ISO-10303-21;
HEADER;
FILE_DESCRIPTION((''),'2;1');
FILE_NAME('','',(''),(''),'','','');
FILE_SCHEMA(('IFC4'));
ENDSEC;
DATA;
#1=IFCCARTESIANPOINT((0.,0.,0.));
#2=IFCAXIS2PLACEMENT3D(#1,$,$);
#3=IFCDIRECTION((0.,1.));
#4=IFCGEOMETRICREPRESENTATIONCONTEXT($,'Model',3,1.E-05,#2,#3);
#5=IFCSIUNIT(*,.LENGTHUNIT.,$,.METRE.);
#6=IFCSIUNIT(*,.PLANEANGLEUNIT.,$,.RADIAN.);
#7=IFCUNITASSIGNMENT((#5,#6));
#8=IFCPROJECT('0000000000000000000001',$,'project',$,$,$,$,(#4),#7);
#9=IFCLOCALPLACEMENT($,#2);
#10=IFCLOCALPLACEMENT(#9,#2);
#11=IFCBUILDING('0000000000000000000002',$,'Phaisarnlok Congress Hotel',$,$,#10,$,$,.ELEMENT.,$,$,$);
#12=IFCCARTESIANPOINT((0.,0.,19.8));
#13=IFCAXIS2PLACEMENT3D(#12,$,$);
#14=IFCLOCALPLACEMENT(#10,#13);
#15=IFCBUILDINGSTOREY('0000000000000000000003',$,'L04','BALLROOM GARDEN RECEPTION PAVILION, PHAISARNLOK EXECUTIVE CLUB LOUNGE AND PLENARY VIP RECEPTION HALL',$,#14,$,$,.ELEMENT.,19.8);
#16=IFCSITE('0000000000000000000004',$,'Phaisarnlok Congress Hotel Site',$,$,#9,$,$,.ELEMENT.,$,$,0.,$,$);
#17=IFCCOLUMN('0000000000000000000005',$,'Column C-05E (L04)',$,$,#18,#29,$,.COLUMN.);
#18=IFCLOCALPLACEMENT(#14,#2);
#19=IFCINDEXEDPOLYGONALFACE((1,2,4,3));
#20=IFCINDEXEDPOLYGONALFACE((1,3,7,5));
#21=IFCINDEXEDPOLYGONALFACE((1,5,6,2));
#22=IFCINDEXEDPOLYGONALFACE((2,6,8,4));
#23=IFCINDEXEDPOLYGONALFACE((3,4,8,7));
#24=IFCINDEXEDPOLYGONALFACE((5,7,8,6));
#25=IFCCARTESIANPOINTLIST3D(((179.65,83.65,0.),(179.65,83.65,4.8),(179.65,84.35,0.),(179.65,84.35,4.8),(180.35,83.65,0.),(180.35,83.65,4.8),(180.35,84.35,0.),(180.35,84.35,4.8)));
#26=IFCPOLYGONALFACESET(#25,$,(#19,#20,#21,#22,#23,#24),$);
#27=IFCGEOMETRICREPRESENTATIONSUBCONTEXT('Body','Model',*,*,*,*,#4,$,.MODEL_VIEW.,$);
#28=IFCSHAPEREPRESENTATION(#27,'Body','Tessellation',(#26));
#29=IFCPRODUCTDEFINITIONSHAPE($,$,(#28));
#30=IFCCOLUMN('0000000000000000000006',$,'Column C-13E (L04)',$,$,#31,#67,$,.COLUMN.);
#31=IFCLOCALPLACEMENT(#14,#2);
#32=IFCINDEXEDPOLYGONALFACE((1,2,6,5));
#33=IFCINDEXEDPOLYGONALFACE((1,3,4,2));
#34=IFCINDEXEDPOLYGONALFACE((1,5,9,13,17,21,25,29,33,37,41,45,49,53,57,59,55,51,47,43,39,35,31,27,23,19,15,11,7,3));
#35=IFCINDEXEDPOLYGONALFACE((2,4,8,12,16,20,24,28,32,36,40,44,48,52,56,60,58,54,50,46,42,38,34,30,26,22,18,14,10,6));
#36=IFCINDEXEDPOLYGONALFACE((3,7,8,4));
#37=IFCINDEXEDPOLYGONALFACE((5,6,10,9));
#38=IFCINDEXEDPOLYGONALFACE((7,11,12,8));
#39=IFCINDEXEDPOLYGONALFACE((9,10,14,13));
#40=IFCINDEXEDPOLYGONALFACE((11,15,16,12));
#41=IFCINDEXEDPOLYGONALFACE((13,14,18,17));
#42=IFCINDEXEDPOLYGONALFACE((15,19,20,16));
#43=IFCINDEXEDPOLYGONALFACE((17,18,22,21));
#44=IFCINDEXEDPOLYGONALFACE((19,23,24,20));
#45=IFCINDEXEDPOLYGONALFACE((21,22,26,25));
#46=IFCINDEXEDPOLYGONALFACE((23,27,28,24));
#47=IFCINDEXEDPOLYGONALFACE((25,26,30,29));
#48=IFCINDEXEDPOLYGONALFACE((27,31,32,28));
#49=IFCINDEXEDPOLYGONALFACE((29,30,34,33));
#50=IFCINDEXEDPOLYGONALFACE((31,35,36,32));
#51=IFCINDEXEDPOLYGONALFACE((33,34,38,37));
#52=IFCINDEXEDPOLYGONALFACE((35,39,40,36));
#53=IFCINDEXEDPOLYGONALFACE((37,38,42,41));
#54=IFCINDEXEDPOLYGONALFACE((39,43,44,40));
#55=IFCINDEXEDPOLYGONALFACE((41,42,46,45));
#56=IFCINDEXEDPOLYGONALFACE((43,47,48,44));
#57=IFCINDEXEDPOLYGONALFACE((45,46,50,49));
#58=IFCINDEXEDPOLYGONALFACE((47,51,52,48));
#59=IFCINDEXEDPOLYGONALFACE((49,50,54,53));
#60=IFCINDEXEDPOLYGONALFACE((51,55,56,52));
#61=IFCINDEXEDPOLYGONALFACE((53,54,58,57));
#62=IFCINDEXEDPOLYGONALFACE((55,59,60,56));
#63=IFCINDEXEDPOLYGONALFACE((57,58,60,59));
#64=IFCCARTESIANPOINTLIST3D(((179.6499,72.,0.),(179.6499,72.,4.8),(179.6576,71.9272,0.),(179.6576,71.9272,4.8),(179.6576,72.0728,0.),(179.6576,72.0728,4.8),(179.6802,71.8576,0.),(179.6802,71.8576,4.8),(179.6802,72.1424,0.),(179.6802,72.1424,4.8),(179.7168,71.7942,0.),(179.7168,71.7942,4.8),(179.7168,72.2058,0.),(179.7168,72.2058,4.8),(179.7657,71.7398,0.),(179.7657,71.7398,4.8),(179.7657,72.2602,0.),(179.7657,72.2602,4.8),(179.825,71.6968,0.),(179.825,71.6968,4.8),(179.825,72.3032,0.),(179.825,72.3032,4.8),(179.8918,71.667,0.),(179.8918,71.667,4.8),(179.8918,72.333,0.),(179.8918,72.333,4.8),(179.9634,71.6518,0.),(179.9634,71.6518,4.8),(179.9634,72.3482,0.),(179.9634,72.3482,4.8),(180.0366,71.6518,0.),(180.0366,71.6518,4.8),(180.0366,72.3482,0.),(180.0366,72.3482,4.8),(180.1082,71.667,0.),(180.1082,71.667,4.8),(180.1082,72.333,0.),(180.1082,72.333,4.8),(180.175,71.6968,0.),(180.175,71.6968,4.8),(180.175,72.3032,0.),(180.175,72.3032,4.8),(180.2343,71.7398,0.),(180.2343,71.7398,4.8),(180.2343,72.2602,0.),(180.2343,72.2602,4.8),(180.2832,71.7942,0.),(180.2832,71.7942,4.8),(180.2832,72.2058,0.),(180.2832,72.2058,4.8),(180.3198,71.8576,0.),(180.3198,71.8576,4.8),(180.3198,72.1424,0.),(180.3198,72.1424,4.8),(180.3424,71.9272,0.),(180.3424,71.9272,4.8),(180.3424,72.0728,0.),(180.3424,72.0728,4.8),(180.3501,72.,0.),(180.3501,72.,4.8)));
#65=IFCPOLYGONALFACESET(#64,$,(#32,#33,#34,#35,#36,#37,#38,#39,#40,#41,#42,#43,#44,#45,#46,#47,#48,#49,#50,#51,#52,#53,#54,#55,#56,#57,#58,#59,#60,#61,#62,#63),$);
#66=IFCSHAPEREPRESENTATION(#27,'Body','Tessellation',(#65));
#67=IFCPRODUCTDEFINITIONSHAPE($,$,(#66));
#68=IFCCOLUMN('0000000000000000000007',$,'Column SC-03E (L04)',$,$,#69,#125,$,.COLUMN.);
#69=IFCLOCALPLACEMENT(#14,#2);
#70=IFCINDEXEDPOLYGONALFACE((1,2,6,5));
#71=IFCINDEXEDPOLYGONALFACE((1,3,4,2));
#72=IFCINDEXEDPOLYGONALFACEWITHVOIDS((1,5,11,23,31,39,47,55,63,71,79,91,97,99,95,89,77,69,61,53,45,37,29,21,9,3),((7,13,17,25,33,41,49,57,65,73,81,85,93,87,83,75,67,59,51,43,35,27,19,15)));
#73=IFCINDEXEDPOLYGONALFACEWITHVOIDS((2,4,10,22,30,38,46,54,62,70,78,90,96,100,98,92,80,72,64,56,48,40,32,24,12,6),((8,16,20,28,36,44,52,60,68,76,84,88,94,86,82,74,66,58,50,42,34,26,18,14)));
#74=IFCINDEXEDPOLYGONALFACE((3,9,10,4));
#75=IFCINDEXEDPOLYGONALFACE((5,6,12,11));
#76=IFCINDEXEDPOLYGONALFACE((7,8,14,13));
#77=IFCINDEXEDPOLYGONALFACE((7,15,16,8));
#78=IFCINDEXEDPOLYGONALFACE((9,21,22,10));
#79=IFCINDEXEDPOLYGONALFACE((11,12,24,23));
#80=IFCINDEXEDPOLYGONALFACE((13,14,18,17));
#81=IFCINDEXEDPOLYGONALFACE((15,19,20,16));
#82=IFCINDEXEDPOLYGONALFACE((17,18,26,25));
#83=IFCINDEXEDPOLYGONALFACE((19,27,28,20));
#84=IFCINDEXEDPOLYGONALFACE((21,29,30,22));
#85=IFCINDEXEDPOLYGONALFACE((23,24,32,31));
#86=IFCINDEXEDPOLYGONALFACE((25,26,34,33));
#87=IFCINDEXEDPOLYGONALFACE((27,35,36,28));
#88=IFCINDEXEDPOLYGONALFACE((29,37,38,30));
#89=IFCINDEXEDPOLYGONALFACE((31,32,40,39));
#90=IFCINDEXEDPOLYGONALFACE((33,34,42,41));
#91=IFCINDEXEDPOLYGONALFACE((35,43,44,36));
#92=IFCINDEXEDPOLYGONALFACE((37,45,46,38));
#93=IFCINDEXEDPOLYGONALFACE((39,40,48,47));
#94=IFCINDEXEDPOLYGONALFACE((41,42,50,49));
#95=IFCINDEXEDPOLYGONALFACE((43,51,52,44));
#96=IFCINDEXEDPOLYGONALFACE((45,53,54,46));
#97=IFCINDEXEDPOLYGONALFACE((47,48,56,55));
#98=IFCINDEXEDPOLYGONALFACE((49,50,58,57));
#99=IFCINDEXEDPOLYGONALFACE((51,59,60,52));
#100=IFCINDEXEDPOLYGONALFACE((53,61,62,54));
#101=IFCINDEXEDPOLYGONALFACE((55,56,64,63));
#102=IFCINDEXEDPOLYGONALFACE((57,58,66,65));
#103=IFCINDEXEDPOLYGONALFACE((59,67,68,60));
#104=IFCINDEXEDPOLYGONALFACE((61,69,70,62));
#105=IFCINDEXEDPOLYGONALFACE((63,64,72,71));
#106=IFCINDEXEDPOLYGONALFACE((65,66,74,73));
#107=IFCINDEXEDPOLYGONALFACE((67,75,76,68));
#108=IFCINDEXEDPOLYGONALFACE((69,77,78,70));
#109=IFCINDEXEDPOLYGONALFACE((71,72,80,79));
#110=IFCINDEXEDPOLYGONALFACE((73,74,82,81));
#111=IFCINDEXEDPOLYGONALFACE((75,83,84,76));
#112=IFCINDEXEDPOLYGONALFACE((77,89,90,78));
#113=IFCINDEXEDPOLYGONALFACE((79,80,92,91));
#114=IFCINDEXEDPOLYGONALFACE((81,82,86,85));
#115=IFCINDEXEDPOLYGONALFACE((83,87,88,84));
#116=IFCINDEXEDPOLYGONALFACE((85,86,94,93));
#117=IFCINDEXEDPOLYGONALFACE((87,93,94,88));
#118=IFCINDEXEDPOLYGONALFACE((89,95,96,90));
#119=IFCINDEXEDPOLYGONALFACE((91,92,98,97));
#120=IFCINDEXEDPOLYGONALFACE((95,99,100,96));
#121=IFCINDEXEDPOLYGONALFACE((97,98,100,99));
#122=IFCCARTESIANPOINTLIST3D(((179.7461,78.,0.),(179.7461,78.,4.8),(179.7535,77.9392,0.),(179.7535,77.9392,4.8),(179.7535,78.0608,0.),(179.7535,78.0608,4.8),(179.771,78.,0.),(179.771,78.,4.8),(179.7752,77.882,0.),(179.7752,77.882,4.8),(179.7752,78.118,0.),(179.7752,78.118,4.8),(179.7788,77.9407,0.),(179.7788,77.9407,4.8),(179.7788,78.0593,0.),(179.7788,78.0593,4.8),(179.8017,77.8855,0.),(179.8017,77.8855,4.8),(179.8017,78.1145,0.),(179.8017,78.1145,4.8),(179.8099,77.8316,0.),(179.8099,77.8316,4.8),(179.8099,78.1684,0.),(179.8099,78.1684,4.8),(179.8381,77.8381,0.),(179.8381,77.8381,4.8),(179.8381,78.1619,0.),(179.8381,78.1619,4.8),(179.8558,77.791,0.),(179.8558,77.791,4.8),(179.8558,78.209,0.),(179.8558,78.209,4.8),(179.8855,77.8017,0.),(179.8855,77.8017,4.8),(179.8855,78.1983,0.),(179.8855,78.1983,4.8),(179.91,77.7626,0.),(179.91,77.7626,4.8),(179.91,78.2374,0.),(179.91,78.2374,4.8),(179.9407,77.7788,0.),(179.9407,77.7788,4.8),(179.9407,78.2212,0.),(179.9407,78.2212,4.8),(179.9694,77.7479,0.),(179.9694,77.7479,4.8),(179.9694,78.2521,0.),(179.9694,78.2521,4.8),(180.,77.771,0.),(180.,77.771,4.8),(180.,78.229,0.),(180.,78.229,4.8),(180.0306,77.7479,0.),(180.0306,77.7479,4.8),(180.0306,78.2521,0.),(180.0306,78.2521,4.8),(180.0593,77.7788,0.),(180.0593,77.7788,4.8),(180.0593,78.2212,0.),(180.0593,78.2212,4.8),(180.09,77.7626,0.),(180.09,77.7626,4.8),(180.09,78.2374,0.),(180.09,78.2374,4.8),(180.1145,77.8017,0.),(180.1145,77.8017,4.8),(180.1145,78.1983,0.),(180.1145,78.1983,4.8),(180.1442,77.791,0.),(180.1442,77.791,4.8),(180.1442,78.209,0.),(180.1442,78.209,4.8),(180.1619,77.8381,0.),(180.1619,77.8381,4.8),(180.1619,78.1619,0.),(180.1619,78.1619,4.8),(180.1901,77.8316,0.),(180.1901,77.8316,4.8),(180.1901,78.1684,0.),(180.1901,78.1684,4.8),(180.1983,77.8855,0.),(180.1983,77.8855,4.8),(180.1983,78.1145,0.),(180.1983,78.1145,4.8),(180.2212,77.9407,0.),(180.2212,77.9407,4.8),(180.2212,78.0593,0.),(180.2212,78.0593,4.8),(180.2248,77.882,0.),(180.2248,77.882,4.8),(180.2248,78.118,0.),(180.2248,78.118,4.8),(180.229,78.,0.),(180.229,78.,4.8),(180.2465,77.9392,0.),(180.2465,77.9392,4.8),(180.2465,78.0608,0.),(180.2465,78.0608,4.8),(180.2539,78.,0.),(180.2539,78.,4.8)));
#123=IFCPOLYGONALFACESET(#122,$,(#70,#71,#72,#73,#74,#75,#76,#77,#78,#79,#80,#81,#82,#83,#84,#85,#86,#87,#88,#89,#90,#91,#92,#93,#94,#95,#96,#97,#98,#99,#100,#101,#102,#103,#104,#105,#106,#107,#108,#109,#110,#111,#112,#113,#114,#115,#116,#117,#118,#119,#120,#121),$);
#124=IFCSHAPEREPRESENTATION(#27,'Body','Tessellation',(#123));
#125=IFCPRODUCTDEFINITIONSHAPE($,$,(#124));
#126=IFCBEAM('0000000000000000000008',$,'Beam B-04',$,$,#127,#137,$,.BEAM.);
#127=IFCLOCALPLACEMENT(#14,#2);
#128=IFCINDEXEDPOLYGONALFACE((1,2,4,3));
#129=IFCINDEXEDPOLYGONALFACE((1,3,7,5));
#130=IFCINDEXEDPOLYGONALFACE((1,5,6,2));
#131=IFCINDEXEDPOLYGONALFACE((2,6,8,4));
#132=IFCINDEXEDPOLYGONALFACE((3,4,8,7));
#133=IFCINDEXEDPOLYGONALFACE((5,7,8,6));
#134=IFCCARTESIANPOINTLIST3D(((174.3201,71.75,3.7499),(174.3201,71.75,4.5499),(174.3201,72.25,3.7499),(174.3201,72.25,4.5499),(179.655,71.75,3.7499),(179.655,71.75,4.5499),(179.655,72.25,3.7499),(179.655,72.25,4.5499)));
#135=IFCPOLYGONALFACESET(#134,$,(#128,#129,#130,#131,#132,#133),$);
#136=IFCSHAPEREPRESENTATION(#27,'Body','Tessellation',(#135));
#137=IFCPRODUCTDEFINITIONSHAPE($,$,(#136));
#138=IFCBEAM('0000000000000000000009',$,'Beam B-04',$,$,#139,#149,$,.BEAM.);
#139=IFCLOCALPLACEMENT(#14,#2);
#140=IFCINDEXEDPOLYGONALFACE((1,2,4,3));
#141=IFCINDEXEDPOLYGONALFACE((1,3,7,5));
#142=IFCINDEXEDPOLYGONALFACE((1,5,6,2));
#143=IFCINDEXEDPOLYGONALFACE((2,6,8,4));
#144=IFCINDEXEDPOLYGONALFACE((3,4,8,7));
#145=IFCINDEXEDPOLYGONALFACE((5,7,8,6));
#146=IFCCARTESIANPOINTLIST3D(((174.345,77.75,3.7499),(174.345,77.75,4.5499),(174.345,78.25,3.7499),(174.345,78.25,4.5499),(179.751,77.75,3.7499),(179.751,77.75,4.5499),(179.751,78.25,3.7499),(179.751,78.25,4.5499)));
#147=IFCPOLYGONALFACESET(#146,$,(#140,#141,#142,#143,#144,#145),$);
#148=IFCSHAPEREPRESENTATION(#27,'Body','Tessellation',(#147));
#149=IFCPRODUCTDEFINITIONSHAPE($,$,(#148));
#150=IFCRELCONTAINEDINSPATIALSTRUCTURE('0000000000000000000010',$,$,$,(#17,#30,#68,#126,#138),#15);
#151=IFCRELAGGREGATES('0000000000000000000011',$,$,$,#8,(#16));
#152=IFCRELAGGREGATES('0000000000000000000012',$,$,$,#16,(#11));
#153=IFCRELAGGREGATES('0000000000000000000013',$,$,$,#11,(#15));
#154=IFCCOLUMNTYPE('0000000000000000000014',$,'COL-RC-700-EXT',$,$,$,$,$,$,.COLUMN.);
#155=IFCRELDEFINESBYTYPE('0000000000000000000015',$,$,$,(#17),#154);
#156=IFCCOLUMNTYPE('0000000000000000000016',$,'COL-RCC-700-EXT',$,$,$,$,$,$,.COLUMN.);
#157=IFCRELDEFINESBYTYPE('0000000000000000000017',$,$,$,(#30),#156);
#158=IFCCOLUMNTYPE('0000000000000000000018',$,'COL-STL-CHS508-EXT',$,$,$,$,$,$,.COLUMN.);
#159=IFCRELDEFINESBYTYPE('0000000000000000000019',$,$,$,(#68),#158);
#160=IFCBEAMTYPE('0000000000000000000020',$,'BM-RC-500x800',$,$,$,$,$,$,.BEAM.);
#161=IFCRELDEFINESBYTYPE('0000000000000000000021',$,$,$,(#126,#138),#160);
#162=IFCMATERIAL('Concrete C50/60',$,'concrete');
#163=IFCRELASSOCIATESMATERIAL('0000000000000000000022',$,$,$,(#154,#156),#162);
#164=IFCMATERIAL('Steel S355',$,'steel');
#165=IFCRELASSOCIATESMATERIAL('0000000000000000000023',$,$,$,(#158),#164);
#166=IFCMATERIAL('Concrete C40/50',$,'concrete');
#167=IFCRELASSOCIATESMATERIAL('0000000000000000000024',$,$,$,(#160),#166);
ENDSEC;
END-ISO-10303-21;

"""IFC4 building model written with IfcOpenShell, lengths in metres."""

from ifc_helpers import new_model, si_unit, direction, frame, origin, origin_2d, place, context, subcontext, project, spatial, rectangle, circle, hollow_circle, extrude, material, material_profile, profile_set, type_object, element, save


model = new_model("IFC4")

# Units and contexts
model_context = context("Model", 3, precision=1e-05, world=origin(), true_north=direction((0.0, 1.0)))
body_context = subcontext(model_context, "Body", "Model", "MODEL_VIEW")
ifc_project = project(units=[si_unit("LENGTHUNIT", "METRE"), si_unit("PLANEANGLEUNIT", "RADIAN")], contexts=[model_context])

# Site, building, storey
site_placement = place(None, origin())
site = spatial("IfcSite", under=ifc_project, at=site_placement, Name="Phaisarnlok Congress Hotel Site", CompositionType="ELEMENT", RefElevation=0.0)
building_placement = place(site_placement, origin())
building = spatial("IfcBuilding", under=site, at=building_placement, Name="Phaisarnlok Congress Hotel", CompositionType="ELEMENT")
storey_placement = place(building_placement, frame((0.0, 0.0, 19.8)))
storey = spatial("IfcBuildingStorey", under=building, at=storey_placement, Name="L04", Description="BALLROOM GARDEN RECEPTION PAVILION, PHAISARNLOK EXECUTIVE CLUB LOUNGE AND PLENARY VIP RECEPTION HALL", CompositionType="ELEMENT", Elevation=19.8)

# Columns
ifc_material_1 = material(Name="Concrete C50/60", Category="concrete")
ifc_material_profile_1 = material_profile(ifc_material_1, rectangle(XDim=0.7, YDim=0.7, at=origin_2d()), Name="RC 700x700")
ifc_profile_set_1 = profile_set([ifc_material_profile_1], Name="Concrete C50/60")
column_type_1 = type_object("IfcColumnType", Name="COL-RC-700-EXT", PredefinedType="COLUMN", material=ifc_profile_set_1)
column_1_placement = place(storey_placement, frame((180.0, 84.0, 0.0), z_axis=(0.0, 0.0, 1.0), x_axis=(1.0, 0.0, 0.0)))
element("IfcColumn", 1, at=column_1_placement, inside=storey, type_object=column_type_1, Name="Column C-05E (L04)", PredefinedType="COLUMN", context=body_context, shape_type="SweptSolid", body=[
    extrude(rectangle(XDim=0.7, YDim=0.7, at=origin_2d()), origin(), (0.0, 0.0, 1.0), 4.8),
])
ifc_material_profile_2 = material_profile(ifc_material_1, circle(Radius=0.3501, at=origin_2d()), Name="RCC D700")
ifc_profile_set_2 = profile_set([ifc_material_profile_2], Name="Concrete C50/60")
column_type_2 = type_object("IfcColumnType", Name="COL-RCC-700-EXT", PredefinedType="COLUMN", material=ifc_profile_set_2)
column_2_placement = place(storey_placement, frame((180.0, 72.0, 0.0), z_axis=(0.0, 0.0, 1.0), x_axis=(1.0, 0.0, 0.0)))
element("IfcColumn", 2, at=column_2_placement, inside=storey, type_object=column_type_2, Name="Column C-13E (L04)", PredefinedType="COLUMN", context=body_context, shape_type="SweptSolid", body=[
    extrude(circle(Radius=0.3501, at=origin_2d()), origin(), (0.0, 0.0, 1.0), 4.8),
])
ifc_material_2 = material(Name="Steel S355", Category="steel")
ifc_material_profile_3 = material_profile(ifc_material_2, hollow_circle(Radius=0.2539, WallThickness=0.0249, at=origin_2d()), Name="CHS 508x25")
ifc_profile_set_3 = profile_set([ifc_material_profile_3], Name="Steel S355")
column_type_3 = type_object("IfcColumnType", Name="COL-STL-CHS508-EXT", PredefinedType="COLUMN", material=ifc_profile_set_3)
column_3_placement = place(storey_placement, frame((180.0, 78.0, 0.0), z_axis=(0.0, 0.0, 1.0), x_axis=(1.0, 0.0, 0.0)))
element("IfcColumn", 3, at=column_3_placement, inside=storey, type_object=column_type_3, Name="Column SC-03E (L04)", PredefinedType="COLUMN", context=body_context, shape_type="SweptSolid", body=[
    extrude(hollow_circle(Radius=0.2539, WallThickness=0.0249, at=origin_2d()), origin(), (0.0, 0.0, 1.0), 4.8),
])

# Beams
ifc_material_3 = material(Name="Concrete C40/50", Category="concrete")
ifc_material_profile_4 = material_profile(ifc_material_3, rectangle(XDim=0.5, YDim=0.8, at=origin_2d()), Name="RC 500x800")
ifc_profile_set_4 = profile_set([ifc_material_profile_4], Name="Concrete C40/50")
beam_type_1 = type_object("IfcBeamType", Name="BM-RC-500x800", PredefinedType="BEAM", material=ifc_profile_set_4)
beam_1_placement = place(storey_placement, frame((174.3201, 72.0, 4.1499), z_axis=(1.0, 0.0, 0.0), x_axis=(0.0, 1.0, 0.0)))
element("IfcBeam", 4, at=beam_1_placement, inside=storey, type_object=beam_type_1, Name="Beam B-04", PredefinedType="BEAM", context=body_context, shape_type="SweptSolid", body=[
    extrude(rectangle(XDim=0.5, YDim=0.8, at=origin_2d()), origin(), (0.0, 0.0, 1.0), 5.335),
])
beam_2_placement = place(storey_placement, frame((174.345, 78.0, 4.1499), z_axis=(1.0, 0.0, 0.0), x_axis=(0.0, 1.0, 0.0)))
element("IfcBeam", 5, at=beam_2_placement, inside=storey, type_object=beam_type_1, Name="Beam B-04", PredefinedType="BEAM", context=body_context, shape_type="SweptSolid", body=[
    extrude(rectangle(XDim=0.5, YDim=0.8, at=origin_2d()), origin(), (0.0, 0.0, 1.0), 5.406),
])

save(model, "model.ifc")
